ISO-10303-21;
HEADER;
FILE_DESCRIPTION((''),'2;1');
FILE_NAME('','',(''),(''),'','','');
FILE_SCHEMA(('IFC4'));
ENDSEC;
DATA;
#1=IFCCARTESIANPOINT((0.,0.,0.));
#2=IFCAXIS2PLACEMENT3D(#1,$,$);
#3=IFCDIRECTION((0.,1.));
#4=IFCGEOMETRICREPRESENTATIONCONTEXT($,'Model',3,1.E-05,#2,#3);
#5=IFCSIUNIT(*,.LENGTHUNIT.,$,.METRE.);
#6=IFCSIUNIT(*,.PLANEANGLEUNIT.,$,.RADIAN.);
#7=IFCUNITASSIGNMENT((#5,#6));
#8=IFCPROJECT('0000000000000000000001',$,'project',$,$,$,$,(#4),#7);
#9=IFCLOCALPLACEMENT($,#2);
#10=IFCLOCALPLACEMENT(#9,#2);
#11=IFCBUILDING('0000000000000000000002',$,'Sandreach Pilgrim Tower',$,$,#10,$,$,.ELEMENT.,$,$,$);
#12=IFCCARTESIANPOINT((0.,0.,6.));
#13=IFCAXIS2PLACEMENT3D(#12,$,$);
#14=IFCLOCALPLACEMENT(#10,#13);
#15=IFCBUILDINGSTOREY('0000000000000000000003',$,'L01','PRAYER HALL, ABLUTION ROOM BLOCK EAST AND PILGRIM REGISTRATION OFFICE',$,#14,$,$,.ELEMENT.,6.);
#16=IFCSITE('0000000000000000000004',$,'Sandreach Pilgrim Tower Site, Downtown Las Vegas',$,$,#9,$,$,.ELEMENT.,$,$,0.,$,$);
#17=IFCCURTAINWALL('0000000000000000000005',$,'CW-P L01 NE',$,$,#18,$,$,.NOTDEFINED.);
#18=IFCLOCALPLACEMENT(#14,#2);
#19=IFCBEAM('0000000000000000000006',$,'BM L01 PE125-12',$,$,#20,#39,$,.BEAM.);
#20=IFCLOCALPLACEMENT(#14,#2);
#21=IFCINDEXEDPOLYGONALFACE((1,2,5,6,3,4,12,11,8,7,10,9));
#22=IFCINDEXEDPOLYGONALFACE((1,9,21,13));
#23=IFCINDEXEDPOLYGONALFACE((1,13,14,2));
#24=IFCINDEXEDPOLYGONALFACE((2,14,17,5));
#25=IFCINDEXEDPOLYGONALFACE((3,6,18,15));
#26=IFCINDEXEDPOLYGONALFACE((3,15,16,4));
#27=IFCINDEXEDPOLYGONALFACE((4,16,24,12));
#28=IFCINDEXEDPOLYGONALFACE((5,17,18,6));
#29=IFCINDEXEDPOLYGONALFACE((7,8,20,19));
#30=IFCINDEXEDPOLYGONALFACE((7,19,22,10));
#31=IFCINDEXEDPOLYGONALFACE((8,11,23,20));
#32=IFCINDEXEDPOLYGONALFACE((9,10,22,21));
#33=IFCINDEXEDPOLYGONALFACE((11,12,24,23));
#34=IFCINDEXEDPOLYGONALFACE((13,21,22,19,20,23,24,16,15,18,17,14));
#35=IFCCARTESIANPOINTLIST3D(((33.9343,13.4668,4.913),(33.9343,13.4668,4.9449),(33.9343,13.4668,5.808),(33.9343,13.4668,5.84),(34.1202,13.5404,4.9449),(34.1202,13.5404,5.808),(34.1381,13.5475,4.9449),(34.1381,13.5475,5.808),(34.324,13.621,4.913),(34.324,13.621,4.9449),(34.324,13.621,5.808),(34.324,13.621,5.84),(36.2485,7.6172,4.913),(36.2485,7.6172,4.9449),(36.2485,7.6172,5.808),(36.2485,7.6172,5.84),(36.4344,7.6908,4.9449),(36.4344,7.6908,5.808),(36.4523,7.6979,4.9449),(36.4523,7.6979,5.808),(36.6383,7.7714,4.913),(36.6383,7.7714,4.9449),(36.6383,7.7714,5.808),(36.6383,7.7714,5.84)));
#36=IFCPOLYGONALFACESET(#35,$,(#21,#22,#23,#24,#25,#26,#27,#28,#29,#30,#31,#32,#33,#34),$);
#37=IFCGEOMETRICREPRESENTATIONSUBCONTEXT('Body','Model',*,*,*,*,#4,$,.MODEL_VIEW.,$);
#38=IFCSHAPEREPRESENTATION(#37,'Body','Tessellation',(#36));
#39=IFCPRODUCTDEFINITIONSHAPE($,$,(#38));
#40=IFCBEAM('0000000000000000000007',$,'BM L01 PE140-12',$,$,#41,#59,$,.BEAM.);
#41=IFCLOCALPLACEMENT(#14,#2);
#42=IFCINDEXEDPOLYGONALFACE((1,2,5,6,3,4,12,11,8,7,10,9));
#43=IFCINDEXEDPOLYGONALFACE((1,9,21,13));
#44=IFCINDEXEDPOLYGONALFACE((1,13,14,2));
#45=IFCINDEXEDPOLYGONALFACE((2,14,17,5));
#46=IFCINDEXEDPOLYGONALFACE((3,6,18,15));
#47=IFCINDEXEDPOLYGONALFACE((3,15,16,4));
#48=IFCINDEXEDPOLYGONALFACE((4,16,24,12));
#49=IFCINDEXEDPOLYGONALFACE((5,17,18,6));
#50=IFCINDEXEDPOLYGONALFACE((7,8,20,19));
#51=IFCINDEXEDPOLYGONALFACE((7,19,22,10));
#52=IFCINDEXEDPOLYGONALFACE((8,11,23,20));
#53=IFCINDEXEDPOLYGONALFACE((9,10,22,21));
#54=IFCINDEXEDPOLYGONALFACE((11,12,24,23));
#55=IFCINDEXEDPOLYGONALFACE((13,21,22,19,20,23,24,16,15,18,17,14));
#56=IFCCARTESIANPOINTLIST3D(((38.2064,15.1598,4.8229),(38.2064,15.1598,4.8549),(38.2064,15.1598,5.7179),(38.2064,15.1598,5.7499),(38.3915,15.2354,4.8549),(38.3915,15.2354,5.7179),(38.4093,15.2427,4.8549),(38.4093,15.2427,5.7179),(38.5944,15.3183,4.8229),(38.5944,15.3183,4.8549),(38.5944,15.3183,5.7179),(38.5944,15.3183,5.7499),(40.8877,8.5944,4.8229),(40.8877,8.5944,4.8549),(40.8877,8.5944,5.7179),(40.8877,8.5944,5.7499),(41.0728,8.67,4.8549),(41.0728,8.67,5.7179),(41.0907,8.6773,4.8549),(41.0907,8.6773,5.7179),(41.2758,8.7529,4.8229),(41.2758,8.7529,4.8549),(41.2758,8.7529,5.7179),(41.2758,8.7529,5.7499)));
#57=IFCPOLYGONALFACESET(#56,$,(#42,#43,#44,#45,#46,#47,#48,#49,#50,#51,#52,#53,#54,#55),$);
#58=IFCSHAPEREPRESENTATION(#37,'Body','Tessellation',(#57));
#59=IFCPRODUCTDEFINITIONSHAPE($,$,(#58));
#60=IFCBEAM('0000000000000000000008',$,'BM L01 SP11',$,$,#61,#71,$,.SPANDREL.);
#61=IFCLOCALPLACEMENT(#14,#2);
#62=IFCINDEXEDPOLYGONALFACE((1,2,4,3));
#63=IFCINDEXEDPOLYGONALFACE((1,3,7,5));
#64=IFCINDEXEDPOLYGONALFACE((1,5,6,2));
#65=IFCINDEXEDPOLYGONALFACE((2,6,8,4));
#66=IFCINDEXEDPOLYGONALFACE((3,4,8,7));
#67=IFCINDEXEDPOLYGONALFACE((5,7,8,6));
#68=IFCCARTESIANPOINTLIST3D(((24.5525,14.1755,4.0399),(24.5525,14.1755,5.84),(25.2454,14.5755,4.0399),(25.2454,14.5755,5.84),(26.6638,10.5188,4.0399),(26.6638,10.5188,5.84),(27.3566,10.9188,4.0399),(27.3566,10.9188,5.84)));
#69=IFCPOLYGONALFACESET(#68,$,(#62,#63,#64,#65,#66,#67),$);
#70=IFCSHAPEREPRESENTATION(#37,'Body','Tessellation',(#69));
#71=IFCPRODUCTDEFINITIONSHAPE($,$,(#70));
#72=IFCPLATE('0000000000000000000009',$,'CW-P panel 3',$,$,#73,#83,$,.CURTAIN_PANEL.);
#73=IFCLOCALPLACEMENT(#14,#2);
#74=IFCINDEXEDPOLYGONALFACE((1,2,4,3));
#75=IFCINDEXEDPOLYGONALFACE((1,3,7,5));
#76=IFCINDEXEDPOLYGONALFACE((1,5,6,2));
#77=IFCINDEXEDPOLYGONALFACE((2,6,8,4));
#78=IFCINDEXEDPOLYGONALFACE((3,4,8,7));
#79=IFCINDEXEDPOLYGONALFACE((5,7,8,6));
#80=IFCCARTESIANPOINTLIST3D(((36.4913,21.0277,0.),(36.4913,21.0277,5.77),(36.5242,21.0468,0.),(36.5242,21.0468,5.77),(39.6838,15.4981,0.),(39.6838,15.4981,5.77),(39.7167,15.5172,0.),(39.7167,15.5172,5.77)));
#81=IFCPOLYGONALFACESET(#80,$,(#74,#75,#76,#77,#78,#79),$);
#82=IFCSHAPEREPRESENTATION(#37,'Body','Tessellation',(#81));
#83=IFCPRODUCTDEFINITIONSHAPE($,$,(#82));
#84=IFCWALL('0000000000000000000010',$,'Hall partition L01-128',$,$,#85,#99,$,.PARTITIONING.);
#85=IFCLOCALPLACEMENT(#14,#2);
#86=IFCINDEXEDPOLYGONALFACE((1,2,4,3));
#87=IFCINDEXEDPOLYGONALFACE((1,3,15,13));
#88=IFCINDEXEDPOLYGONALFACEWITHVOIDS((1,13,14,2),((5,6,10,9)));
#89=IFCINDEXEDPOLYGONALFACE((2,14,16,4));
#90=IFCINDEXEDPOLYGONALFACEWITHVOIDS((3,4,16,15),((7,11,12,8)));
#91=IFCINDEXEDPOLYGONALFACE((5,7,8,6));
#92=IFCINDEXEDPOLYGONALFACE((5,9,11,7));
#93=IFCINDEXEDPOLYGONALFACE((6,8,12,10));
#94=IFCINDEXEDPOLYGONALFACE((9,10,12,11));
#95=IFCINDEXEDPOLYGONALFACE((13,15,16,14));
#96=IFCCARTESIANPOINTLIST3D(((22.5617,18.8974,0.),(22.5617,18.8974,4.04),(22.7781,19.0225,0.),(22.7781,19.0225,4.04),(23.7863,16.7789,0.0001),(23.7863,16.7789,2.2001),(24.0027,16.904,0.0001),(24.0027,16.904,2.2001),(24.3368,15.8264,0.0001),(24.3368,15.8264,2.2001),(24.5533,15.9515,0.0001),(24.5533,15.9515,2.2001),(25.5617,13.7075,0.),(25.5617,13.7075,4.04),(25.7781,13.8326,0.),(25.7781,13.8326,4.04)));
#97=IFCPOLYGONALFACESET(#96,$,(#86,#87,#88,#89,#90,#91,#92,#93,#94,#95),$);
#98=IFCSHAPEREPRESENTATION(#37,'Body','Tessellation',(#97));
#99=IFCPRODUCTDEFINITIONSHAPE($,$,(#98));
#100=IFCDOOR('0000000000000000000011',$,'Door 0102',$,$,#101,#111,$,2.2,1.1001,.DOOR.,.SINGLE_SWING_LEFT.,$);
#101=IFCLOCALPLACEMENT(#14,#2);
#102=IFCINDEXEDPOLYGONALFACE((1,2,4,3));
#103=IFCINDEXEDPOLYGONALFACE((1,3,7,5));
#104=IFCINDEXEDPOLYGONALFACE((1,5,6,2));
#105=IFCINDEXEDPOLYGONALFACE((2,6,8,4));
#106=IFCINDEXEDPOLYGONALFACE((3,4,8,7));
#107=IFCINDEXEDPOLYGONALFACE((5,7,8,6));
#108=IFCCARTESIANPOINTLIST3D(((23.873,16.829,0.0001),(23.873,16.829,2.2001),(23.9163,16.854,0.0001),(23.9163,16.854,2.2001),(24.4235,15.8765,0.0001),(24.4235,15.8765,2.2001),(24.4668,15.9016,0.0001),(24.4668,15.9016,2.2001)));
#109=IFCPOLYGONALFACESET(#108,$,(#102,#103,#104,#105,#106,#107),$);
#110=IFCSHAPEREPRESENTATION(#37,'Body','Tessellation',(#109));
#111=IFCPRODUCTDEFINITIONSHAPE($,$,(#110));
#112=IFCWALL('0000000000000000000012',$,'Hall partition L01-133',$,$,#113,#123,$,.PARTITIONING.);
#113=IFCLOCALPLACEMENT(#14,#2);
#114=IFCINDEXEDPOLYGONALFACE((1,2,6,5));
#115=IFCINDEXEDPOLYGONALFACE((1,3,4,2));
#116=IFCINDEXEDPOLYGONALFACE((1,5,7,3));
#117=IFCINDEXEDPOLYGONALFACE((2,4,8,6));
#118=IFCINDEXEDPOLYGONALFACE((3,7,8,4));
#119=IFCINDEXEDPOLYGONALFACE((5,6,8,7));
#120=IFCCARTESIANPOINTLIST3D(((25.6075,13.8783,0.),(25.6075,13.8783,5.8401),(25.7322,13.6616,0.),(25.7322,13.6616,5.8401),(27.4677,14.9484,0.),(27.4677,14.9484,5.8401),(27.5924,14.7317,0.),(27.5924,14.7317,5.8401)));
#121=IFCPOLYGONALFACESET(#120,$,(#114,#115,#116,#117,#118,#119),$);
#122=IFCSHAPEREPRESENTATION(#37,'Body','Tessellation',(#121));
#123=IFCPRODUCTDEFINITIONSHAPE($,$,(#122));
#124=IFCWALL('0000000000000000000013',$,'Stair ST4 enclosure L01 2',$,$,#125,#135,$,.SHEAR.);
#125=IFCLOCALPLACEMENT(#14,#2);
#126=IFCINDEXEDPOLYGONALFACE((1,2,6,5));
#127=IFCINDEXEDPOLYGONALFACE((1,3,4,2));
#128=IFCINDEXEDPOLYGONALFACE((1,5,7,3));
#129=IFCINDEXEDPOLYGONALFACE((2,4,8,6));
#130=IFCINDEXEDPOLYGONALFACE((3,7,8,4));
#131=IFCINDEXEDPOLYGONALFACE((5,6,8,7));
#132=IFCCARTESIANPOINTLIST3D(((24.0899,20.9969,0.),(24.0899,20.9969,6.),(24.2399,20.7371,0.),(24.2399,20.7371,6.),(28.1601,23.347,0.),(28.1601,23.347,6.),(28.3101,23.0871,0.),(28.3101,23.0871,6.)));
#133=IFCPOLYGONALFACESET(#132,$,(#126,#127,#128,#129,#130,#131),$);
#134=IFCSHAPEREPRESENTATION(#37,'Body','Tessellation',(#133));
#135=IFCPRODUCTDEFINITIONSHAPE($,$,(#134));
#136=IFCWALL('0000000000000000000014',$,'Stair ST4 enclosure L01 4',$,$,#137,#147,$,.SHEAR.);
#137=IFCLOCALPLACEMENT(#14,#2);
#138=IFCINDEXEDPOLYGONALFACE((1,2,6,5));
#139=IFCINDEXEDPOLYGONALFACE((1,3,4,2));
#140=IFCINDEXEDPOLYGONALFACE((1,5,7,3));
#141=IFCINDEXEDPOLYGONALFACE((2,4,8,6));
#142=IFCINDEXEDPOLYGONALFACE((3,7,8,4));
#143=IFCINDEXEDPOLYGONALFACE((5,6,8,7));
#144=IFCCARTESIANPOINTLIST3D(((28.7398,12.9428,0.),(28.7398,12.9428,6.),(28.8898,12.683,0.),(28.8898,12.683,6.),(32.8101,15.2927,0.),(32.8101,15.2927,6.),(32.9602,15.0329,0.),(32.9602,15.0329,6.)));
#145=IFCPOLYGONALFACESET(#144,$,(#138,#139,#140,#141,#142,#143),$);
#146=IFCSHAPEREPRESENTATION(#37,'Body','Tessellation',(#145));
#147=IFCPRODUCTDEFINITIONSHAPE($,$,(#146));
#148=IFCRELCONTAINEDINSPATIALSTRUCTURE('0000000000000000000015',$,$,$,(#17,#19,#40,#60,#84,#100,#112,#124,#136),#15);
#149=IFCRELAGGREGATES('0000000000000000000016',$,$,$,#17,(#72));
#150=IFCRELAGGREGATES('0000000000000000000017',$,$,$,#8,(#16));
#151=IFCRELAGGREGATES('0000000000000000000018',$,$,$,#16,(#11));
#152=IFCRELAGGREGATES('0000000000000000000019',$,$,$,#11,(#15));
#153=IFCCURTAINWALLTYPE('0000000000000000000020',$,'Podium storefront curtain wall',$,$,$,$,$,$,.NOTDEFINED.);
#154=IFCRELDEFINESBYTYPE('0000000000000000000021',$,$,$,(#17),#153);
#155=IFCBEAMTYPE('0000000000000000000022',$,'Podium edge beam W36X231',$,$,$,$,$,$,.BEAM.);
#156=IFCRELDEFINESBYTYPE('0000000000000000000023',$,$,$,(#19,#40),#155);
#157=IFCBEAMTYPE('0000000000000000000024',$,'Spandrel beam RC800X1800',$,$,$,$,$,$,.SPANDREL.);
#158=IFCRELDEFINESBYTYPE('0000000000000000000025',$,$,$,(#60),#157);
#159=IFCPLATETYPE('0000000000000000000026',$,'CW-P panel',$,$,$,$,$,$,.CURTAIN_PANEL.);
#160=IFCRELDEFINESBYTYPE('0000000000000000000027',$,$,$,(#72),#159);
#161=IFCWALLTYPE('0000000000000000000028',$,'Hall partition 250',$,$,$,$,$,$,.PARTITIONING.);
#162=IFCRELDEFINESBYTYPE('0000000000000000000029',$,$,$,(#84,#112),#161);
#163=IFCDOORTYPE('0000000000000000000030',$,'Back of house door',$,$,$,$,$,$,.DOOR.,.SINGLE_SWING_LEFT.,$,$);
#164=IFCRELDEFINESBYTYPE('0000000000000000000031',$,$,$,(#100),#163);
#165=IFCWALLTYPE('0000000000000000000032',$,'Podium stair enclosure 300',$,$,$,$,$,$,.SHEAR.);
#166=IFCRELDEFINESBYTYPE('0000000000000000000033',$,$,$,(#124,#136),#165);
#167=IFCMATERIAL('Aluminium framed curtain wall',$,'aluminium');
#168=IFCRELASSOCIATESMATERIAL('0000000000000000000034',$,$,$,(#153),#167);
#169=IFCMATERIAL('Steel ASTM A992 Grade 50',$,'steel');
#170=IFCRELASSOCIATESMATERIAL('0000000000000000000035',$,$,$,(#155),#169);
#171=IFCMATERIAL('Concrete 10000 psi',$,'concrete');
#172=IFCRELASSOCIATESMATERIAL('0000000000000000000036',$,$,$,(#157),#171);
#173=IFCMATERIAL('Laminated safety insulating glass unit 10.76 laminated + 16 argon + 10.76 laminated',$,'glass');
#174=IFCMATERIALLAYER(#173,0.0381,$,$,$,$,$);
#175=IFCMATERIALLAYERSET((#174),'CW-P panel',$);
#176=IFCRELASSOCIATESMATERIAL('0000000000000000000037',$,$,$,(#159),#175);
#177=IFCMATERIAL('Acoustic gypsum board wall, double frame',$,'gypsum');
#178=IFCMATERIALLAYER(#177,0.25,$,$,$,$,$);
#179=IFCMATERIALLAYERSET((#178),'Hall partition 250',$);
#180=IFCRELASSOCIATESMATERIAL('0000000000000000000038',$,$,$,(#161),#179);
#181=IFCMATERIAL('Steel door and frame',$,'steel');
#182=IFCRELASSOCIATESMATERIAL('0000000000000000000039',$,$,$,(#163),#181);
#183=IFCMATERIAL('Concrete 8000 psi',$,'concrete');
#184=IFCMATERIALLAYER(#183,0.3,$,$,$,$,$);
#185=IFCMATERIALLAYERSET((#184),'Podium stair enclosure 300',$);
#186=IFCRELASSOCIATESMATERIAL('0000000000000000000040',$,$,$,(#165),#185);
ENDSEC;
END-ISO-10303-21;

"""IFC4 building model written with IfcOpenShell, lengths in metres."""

from ifc_helpers import new_model, si_unit, direction, frame, frame_2d, origin, origin_2d, place, context, subcontext, project, spatial, rectangle, i_section, extrude, material, layer, layer_set, material_profile, profile_set, type_object, element, fill, aggregate, save


model = new_model("IFC4")

# Units and contexts
model_context = context("Model", 3, precision=1e-05, world=origin(), true_north=direction((0.0, 1.0)))
body_context = subcontext(model_context, "Body", "Model", "MODEL_VIEW")
ifc_project = project(units=[si_unit("LENGTHUNIT", "METRE"), si_unit("PLANEANGLEUNIT", "RADIAN")], contexts=[model_context])

# Site, building, storey
site_placement = place(None, origin())
site = spatial("IfcSite", under=ifc_project, at=site_placement, Name="Sandreach Pilgrim Tower Site, Downtown Las Vegas", CompositionType="ELEMENT", RefElevation=0.0)
building_placement = place(site_placement, origin())
building = spatial("IfcBuilding", under=site, at=building_placement, Name="Sandreach Pilgrim Tower", CompositionType="ELEMENT")
storey_placement = place(building_placement, frame((0.0, 0.0, 6.0)))
storey = spatial("IfcBuildingStorey", under=building, at=storey_placement, Name="L01", Description="PRAYER HALL, ABLUTION ROOM BLOCK EAST AND PILGRIM REGISTRATION OFFICE", CompositionType="ELEMENT", Elevation=6.0)

# Curtain wall
ifc_material_1 = material(Name="Aluminium framed curtain wall", Category="aluminium")
curtain_wall_type = type_object("IfcCurtainWallType", Name="Podium storefront curtain wall", PredefinedType="NOTDEFINED", material=ifc_material_1)
curtain_wall_placement = place(storey_placement, origin())
curtain_wall = element("IfcCurtainWall", 1, at=curtain_wall_placement, inside=storey, type_object=curtain_wall_type, Name="CW-P L01 NE", PredefinedType="NOTDEFINED")

# Beams
ifc_material_2 = material(Name="Steel ASTM A992 Grade 50", Category="steel")
ifc_material_profile_1 = material_profile(ifc_material_2, i_section(OverallWidth=0.4192, OverallDepth=0.927, WebThickness=0.0193, FlangeThickness=0.032, at=origin_2d()), Name="W36X231")
ifc_profile_set_1 = profile_set([ifc_material_profile_1], Name="Steel ASTM A992 Grade 50")
beam_type_1 = type_object("IfcBeamType", Name="Podium edge beam W36X231", PredefinedType="BEAM", material=ifc_profile_set_1)
beam_1_placement = place(storey_placement, frame((34.1292, 13.5439, 5.3765), z_axis=(0.367875, -0.929875, 0.0), x_axis=(0.929875, 0.367875, 0.0)))
element("IfcBeam", 2, at=beam_1_placement, inside=storey, type_object=beam_type_1, Name="BM L01 PE125-12", PredefinedType="BEAM", context=body_context, shape_type="SweptSolid", body=[
    extrude(i_section(OverallWidth=0.4192, OverallDepth=0.927, WebThickness=0.0193, FlangeThickness=0.032, at=origin_2d()), origin(), (0.0, 0.0, 1.0), 6.2908),
])
beam_2_placement = place(storey_placement, frame((38.4004, 15.239, 5.2864), z_axis=(0.378094, -0.925767, 0.0), x_axis=(0.925767, 0.378094, 0.0)))
element("IfcBeam", 3, at=beam_2_placement, inside=storey, type_object=beam_type_1, Name="BM L01 PE140-12", PredefinedType="BEAM", context=body_context, shape_type="SweptSolid", body=[
    extrude(i_section(OverallWidth=0.4192, OverallDepth=0.927, WebThickness=0.0193, FlangeThickness=0.032, at=origin_2d()), origin(), (0.0, 0.0, 1.0), 7.0918),
])
ifc_material_3 = material(Name="Concrete 10000 psi", Category="concrete")
ifc_material_profile_2 = material_profile(ifc_material_3, rectangle(XDim=0.8, YDim=1.8, at=origin_2d()), Name="RC800X1800")
ifc_profile_set_2 = profile_set([ifc_material_profile_2], Name="Concrete 10000 psi")
beam_type_2 = type_object("IfcBeamType", Name="Spandrel beam RC800X1800", PredefinedType="SPANDREL", material=ifc_profile_set_2)
beam_3_placement = place(storey_placement, frame((24.8989, 14.3755, 4.9399), z_axis=(0.500019, -0.866014, 0.0), x_axis=(0.866014, 0.500019, 0.0)))
element("IfcBeam", 4, at=beam_3_placement, inside=storey, type_object=beam_type_2, Name="BM L01 SP11", PredefinedType="SPANDREL", context=body_context, shape_type="SweptSolid", body=[
    extrude(rectangle(XDim=0.8, YDim=1.8, at=origin_2d()), origin(), (0.0, 0.0, 1.0), 4.2224),
])

# Plate
ifc_material_4 = material(Name="Laminated safety insulating glass unit 10.76 laminated + 16 argon + 10.76 laminated", Category="glass")
ifc_layer_1 = layer(ifc_material_4, 0.0381)
ifc_layer_set_1 = layer_set([ifc_layer_1], Name="CW-P panel")
plate_type = type_object("IfcPlateType", Name="CW-P panel", PredefinedType="CURTAIN_PANEL", material=ifc_layer_set_1)
plate_placement = place(storey_placement, frame((38.104, 18.2725, 0.0), z_axis=(0.0, 0.0, 1.0), x_axis=(0.5, -0.866025, 0.0)))
plate = element("IfcPlate", 5, at=plate_placement, type_object=plate_type, Name="CW-P panel 3", PredefinedType="CURTAIN_PANEL", context=body_context, shape_type="SweptSolid", body=[
    extrude(rectangle(XDim=6.385, YDim=0.0381, at=origin_2d()), origin(), (0.0, 0.0, 1.0), 5.77),
])
aggregate(curtain_wall, [plate])

# Wall, opening, door
ifc_material_5 = material(Name="Acoustic gypsum board wall, double frame", Category="gypsum")
ifc_layer_2 = layer(ifc_material_5, 0.25)
ifc_layer_set_2 = layer_set([ifc_layer_2], Name="Hall partition 250")
wall_type_1 = type_object("IfcWallType", Name="Hall partition 250", PredefinedType="PARTITIONING", material=ifc_layer_set_2)
wall_1_placement = place(storey_placement, frame((25.6699, 13.77, 0.0), z_axis=(0.0, 0.0, 1.0), x_axis=(-0.500449, 0.865766, 0.0)))
wall_1 = element("IfcWall", 6, at=wall_1_placement, inside=storey, type_object=wall_type_1, Name="Hall partition L01-128", PredefinedType="PARTITIONING", context=body_context, shape_type="SweptSolid", body=[
    extrude(rectangle(XDim=5.9946, YDim=0.25, at=frame_2d((2.9973, 0.0))), origin(), (0.0, 0.0, 1.0), 4.04),
])
opening_placement = place(wall_1_placement, frame((2.4475, 0.0, 0.0)))
opening = element("IfcOpeningElement", 7, at=opening_placement, cuts=wall_1, PredefinedType="OPENING", context=body_context, shape_type="SweptSolid", body=[
    extrude(rectangle(XDim=1.1001, YDim=2.2, at=frame_2d((0.55, 1.1001))), frame((0.0, 0.125, 0.0), z_axis=(0.0, -1.0, 0.0), x_axis=(1.0, 0.0, 0.0)), (0.0, 0.0, 1.0), 0.25),
])
ifc_material_6 = material(Name="Steel door and frame", Category="steel")
door_type = type_object("IfcDoorType", Name="Back of house door", OperationType="SINGLE_SWING_LEFT", PredefinedType="DOOR", material=ifc_material_6)
door_placement = place(opening_placement, origin())
door = element("IfcDoor", 8, at=door_placement, inside=storey, type_object=door_type, Name="Door 0102", OperationType="SINGLE_SWING_LEFT", OverallHeight=2.2, OverallWidth=1.1001, PredefinedType="DOOR", context=body_context, shape_type="SweptSolid", body=[
    extrude(rectangle(XDim=1.1001, YDim=2.2, at=frame_2d((0.55, 1.1001))), frame((0.0, 0.0249, 0.0), z_axis=(0.0, -1.0, 0.0), x_axis=(1.0, 0.0, 0.0)), (0.0, 0.0, 1.0), 0.05),
])
fill(opening, door)

# Walls
wall_2_placement = place(storey_placement, frame((27.53, 14.8401, 0.0), z_axis=(0.0, 0.0, 1.0), x_axis=(-0.866804, -0.498649, 0.0)))
element("IfcWall", 9, at=wall_2_placement, inside=storey, type_object=wall_type_1, Name="Hall partition L01-133", PredefinedType="PARTITIONING", context=body_context, shape_type="SweptSolid", body=[
    extrude(rectangle(XDim=2.146, YDim=0.25, at=frame_2d((1.073, 0.0))), origin(), (0.0, 0.0, 1.0), 5.8401),
])
ifc_material_7 = material(Name="Concrete 8000 psi", Category="concrete")
ifc_layer_3 = layer(ifc_material_7, 0.3)
ifc_layer_set_3 = layer_set([ifc_layer_3], Name="Podium stair enclosure 300")
wall_type_2 = type_object("IfcWallType", Name="Podium stair enclosure 300", PredefinedType="SHEAR", material=ifc_layer_set_3)
for number, where, z_axis, x_axis, name in (
    (10, (24.1648, 20.8669, 0.0), (0.0, 0.0, 1.0), (0.866016, 0.500016, 0.0), "Stair ST4 enclosure L01 2"),
    (11, (32.8853, 15.1628, 0.0), (0.0, 0.0, 1.0), (-0.866039, -0.499977, 0.0), "Stair ST4 enclosure L01 4"),
):
    element("IfcWall", number, at=place(storey_placement, frame(where, z_axis=z_axis, x_axis=x_axis)), inside=storey, type_object=wall_type_2, Name=name, PredefinedType="SHEAR", context=body_context, shape_type="SweptSolid", body=[
        extrude(rectangle(XDim=4.7, YDim=0.3, at=frame_2d((2.3501, 0.0))), origin(), (0.0, 0.0, 1.0), 6.0),
    ])

save(model, "model.ifc")
